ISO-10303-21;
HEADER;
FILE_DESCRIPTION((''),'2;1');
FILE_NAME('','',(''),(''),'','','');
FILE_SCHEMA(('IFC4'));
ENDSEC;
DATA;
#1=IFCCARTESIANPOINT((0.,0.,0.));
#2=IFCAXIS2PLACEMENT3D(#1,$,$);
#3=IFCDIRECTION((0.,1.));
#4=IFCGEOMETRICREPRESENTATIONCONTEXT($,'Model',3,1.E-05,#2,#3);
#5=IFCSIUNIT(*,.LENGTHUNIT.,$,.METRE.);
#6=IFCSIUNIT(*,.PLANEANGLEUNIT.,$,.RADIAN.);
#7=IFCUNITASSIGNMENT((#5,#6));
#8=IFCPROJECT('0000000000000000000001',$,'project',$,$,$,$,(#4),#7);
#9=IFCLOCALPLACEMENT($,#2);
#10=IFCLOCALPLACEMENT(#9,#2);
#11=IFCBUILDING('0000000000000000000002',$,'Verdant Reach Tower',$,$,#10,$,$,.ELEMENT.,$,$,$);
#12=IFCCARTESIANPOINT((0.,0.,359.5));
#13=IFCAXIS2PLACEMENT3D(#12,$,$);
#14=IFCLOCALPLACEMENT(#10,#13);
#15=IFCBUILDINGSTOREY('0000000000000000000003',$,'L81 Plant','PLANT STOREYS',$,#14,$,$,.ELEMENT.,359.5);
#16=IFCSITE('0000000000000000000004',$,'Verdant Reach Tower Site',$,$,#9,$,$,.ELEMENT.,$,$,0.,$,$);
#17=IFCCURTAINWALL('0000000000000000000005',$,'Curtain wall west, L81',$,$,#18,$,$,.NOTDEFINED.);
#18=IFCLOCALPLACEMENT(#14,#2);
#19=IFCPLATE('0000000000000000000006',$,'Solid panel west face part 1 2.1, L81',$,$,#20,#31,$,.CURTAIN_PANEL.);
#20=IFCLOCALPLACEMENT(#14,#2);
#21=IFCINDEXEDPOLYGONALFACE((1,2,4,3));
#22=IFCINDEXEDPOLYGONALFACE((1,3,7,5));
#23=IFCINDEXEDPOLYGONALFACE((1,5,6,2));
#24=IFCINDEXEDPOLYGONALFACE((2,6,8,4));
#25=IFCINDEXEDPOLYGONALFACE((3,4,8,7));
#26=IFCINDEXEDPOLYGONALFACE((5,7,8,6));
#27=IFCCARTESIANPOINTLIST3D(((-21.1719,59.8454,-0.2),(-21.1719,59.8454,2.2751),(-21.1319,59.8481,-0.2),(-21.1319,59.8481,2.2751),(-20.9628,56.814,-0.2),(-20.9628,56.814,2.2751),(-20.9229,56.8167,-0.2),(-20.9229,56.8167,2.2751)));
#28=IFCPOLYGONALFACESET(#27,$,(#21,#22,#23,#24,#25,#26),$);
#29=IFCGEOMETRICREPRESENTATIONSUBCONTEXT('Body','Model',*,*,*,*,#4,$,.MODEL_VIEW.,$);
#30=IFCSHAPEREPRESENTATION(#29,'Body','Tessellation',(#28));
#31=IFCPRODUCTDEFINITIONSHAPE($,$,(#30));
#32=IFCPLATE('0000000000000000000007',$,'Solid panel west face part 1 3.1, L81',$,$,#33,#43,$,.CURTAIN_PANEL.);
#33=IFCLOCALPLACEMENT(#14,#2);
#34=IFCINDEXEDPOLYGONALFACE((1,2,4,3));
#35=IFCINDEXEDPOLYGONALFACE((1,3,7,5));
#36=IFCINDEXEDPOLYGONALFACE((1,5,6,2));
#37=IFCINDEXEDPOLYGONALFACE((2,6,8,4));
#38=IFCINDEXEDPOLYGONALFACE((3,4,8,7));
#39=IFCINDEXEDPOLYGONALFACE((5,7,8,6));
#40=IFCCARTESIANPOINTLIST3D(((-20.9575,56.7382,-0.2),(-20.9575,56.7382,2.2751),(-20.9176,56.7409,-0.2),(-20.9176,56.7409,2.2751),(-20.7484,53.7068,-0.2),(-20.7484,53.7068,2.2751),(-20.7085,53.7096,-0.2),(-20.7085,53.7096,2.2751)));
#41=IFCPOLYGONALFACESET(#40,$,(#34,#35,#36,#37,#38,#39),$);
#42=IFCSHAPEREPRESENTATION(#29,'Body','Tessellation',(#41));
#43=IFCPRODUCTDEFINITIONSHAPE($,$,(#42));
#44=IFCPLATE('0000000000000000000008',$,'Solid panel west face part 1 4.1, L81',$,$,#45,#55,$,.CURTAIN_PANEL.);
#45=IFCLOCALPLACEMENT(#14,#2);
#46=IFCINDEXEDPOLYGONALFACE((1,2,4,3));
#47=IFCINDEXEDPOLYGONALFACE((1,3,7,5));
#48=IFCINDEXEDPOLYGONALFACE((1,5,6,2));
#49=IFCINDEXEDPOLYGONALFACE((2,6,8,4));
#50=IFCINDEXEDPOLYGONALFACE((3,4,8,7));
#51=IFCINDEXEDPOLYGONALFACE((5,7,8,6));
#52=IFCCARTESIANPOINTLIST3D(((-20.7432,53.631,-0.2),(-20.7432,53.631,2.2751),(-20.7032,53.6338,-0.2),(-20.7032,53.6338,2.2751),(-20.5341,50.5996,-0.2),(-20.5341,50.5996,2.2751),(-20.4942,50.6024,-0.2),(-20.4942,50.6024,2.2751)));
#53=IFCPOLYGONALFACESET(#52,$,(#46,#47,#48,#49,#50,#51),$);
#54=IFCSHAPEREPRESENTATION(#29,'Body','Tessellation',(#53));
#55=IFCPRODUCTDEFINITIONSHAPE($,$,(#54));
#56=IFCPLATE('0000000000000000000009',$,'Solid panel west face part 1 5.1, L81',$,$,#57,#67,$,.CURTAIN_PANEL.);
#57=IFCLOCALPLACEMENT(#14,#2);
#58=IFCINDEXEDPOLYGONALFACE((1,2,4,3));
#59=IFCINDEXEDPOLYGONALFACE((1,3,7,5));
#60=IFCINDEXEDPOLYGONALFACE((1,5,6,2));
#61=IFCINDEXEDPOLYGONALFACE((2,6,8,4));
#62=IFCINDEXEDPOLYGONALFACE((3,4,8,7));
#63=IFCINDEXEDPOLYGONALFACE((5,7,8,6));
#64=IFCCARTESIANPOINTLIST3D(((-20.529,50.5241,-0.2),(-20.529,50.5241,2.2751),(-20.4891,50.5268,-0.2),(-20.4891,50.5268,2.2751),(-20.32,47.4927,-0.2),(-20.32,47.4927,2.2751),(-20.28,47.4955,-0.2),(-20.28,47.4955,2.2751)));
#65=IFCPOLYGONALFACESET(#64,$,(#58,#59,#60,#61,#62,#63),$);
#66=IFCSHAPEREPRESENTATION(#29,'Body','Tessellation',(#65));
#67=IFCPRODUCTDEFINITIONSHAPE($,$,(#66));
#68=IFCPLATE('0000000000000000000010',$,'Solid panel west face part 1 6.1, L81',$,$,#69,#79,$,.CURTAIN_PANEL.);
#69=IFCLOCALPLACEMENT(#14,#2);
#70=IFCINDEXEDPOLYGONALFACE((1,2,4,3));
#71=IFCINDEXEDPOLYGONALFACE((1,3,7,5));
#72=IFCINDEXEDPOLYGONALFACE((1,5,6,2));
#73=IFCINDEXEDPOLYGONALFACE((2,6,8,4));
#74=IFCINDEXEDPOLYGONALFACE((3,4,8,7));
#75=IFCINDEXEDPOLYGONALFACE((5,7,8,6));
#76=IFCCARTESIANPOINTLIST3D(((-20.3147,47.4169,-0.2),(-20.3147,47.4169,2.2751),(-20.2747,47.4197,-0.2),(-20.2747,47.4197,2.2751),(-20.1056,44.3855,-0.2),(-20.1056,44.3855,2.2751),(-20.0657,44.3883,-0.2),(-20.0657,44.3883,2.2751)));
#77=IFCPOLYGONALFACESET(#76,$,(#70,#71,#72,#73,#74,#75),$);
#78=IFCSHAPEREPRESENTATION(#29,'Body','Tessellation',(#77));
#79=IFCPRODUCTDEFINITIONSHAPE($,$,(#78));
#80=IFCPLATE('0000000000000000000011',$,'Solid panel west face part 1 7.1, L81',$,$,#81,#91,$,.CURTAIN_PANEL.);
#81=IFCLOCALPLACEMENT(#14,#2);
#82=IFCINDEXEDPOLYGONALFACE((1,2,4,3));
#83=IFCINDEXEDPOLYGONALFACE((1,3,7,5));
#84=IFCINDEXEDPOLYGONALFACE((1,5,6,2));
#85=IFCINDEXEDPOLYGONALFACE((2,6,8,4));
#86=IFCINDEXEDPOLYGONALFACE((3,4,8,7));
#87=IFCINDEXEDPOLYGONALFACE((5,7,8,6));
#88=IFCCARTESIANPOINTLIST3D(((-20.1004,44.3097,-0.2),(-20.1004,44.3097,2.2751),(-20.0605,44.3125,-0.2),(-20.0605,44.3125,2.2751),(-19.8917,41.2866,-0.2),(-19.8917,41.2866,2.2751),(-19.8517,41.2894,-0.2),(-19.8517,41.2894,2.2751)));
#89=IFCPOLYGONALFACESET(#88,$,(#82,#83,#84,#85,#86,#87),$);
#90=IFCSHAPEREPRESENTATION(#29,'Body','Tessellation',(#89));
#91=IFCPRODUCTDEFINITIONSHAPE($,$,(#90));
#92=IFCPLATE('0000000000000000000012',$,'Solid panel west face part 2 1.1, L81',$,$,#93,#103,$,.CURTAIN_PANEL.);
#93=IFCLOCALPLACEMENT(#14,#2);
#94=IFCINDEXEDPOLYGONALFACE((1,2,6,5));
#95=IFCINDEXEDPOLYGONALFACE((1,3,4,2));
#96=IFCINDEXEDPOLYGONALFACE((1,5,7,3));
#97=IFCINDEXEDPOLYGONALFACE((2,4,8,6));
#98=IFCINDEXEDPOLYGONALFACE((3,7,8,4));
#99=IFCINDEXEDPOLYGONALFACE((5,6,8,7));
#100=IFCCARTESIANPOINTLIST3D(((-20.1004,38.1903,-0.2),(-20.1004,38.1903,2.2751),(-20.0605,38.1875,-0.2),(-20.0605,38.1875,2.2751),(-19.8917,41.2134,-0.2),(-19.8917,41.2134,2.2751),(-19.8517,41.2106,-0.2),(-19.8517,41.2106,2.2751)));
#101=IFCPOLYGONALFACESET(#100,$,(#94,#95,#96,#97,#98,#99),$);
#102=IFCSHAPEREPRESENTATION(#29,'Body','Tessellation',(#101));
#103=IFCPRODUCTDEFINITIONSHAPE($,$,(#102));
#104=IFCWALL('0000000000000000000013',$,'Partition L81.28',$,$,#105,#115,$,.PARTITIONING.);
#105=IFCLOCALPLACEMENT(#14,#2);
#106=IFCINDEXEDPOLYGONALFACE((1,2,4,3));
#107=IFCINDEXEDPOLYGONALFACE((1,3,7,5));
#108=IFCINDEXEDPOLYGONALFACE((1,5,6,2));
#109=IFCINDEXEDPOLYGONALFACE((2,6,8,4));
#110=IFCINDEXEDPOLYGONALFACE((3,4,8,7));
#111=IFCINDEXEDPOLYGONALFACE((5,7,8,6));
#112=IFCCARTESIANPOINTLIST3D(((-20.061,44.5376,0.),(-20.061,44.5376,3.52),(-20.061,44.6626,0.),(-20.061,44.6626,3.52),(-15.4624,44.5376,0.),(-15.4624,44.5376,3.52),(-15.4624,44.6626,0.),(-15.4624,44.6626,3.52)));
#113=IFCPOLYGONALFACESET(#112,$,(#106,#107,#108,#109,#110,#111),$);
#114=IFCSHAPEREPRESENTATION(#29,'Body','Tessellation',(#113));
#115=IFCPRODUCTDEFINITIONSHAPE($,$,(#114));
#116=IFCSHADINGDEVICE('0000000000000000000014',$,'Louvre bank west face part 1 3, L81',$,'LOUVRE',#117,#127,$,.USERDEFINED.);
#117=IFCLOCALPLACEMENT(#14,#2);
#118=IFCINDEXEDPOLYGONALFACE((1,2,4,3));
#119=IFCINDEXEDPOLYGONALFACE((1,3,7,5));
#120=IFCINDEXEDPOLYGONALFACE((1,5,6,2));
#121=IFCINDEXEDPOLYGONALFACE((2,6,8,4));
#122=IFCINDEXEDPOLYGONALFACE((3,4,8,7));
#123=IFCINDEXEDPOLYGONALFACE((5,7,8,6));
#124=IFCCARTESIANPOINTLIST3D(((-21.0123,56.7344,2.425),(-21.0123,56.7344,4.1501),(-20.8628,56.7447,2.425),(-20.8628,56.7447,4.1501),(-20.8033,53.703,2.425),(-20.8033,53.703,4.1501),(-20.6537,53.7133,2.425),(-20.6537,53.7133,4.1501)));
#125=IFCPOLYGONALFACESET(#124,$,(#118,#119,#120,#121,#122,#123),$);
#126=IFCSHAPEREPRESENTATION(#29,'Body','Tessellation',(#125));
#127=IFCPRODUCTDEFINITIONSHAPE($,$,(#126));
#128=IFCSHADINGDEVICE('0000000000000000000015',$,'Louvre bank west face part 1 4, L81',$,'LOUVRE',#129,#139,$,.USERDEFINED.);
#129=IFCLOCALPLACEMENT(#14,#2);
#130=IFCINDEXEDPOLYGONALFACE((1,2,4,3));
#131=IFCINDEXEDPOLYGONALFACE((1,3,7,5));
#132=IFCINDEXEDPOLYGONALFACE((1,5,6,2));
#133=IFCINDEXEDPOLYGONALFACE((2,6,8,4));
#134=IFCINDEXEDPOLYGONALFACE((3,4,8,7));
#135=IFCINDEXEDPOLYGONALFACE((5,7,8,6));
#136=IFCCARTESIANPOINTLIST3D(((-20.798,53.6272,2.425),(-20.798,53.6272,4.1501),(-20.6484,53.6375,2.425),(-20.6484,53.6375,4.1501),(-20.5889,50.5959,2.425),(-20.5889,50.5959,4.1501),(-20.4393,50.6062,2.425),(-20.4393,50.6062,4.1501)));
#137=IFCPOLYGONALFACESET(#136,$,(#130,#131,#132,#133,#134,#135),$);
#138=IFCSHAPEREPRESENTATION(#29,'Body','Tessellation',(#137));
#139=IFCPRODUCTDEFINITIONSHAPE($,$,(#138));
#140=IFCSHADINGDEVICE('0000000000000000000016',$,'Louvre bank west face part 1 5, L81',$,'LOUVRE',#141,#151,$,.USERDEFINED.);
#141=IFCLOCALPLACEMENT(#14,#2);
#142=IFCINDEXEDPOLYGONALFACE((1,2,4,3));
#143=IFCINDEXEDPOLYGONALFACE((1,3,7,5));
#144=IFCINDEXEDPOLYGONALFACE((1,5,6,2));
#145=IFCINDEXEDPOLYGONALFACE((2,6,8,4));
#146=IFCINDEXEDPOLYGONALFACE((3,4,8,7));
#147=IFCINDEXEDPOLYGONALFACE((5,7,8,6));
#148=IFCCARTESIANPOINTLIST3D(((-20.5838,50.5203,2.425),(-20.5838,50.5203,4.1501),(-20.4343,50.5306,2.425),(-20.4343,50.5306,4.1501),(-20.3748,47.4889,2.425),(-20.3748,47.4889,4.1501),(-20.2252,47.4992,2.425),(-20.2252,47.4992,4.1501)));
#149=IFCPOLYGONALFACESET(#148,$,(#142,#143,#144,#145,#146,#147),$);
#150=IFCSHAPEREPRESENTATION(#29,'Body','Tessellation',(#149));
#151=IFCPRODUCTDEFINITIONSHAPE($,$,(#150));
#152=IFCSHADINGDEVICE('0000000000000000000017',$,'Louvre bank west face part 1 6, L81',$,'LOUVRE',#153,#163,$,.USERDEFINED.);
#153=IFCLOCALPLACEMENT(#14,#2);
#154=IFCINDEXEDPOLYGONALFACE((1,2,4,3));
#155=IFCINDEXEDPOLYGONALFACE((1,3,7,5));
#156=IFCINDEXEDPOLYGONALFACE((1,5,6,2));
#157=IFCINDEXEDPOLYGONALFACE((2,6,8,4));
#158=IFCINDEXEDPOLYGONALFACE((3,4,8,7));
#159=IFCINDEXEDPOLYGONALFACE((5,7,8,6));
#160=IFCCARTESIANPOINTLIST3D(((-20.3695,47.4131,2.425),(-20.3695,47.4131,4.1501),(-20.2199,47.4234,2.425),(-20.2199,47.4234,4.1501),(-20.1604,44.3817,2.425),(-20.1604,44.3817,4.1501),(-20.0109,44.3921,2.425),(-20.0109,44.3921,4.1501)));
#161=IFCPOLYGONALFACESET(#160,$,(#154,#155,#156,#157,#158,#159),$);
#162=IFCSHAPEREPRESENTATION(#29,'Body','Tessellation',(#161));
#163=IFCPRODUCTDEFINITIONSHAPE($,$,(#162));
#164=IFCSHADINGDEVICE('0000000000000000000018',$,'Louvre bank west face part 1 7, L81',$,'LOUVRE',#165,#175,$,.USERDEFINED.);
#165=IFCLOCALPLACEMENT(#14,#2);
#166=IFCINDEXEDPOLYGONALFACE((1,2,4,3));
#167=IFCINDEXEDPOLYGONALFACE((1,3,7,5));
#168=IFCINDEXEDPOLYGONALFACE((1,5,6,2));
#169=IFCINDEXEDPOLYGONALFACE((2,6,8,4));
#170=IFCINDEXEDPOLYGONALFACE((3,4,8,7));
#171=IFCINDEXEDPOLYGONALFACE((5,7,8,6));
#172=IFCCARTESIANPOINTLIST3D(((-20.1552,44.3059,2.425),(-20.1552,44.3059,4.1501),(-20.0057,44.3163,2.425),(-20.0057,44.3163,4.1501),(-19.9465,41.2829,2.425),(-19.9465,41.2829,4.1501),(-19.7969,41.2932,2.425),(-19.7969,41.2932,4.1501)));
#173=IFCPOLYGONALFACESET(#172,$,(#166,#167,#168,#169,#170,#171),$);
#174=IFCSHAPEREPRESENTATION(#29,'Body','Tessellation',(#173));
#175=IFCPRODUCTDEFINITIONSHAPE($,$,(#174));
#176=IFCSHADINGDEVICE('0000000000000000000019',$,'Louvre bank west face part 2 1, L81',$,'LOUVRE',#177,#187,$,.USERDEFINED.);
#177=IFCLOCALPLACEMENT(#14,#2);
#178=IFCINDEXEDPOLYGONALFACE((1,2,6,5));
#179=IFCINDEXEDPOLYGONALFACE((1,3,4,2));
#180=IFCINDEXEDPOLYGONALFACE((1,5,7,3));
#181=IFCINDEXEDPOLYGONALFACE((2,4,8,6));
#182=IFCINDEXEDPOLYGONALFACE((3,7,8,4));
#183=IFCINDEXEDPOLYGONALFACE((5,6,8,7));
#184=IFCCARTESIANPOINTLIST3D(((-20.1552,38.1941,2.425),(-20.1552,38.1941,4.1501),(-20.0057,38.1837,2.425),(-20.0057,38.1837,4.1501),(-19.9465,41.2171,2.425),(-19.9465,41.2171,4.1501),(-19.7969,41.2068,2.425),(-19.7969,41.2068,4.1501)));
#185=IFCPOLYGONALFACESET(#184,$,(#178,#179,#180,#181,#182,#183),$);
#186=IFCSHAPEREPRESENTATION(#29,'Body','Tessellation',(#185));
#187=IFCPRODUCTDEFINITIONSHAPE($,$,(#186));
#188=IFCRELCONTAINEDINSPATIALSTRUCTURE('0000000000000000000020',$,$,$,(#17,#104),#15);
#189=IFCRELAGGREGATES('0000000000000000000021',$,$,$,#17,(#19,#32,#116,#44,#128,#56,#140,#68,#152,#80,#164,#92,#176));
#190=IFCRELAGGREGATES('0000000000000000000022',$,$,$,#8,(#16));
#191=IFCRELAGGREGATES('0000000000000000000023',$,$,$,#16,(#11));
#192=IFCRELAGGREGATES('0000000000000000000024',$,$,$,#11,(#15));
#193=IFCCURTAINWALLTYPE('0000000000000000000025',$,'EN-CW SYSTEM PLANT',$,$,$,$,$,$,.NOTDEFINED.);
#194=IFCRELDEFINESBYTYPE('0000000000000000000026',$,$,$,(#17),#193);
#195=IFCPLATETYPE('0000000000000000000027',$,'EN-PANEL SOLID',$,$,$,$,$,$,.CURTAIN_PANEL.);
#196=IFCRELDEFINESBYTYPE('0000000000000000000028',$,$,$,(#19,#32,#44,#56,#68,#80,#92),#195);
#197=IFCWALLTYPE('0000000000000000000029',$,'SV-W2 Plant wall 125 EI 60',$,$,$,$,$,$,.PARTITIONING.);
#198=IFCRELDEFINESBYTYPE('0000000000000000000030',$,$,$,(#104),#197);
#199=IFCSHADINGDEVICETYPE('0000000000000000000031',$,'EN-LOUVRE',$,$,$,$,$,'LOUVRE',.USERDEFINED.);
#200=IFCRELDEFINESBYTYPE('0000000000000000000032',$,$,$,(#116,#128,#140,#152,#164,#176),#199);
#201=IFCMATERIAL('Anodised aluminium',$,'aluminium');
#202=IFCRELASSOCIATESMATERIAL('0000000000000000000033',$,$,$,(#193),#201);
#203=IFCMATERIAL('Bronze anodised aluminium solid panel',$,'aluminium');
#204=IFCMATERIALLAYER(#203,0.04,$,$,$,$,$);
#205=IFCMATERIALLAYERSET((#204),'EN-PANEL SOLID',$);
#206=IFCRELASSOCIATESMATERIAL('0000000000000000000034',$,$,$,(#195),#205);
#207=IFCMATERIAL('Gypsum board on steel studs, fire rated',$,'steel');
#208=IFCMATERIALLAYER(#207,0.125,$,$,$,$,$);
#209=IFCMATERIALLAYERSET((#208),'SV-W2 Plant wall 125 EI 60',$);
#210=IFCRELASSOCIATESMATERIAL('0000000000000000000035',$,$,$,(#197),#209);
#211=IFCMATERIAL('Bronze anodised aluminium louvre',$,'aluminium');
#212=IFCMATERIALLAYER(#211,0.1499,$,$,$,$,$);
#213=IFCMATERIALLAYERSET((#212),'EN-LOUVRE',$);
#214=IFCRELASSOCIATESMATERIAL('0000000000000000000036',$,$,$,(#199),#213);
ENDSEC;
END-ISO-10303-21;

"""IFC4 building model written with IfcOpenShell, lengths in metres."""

from ifc_helpers import new_model, si_unit, direction, frame, frame_2d, origin, origin_2d, place, context, subcontext, project, spatial, rectangle, extrude, material, layer, layer_set, type_object, element, aggregate, save


model = new_model("IFC4")

# Units and contexts
model_context = context("Model", 3, precision=1e-05, world=origin(), true_north=direction((0.0, 1.0)))
body_context = subcontext(model_context, "Body", "Model", "MODEL_VIEW")
ifc_project = project(units=[si_unit("LENGTHUNIT", "METRE"), si_unit("PLANEANGLEUNIT", "RADIAN")], contexts=[model_context])

# Site, building, storey
site_placement = place(None, origin())
site = spatial("IfcSite", under=ifc_project, at=site_placement, Name="Verdant Reach Tower Site", CompositionType="ELEMENT", RefElevation=0.0)
building_placement = place(site_placement, origin())
building = spatial("IfcBuilding", under=site, at=building_placement, Name="Verdant Reach Tower", CompositionType="ELEMENT")
storey_placement = place(building_placement, frame((0.0, 0.0, 359.5)))
storey = spatial("IfcBuildingStorey", under=building, at=storey_placement, Name="L81 Plant", Description="PLANT STOREYS", CompositionType="ELEMENT", Elevation=359.5)

# Curtain wall
ifc_material_1 = material(Name="Anodised aluminium", Category="aluminium")
curtain_wall_type = type_object("IfcCurtainWallType", Name="EN-CW SYSTEM PLANT", PredefinedType="NOTDEFINED", material=ifc_material_1)
curtain_wall_placement = place(storey_placement, origin())
curtain_wall = element("IfcCurtainWall", 1, at=curtain_wall_placement, inside=storey, type_object=curtain_wall_type, Name="Curtain wall west, L81", PredefinedType="NOTDEFINED")

# Plates
ifc_material_2 = material(Name="Bronze anodised aluminium solid panel", Category="aluminium")
ifc_layer_1 = layer(ifc_material_2, 0.04)
ifc_layer_set_1 = layer_set([ifc_layer_1], Name="EN-PANEL SOLID")
plate_type = type_object("IfcPlateType", Name="EN-PANEL SOLID", PredefinedType="CURTAIN_PANEL", material=ifc_layer_set_1)
plate_1_placement = place(storey_placement, frame((-21.0474, 58.3311, -0.2), z_axis=(0.0, 0.0, 1.0), x_axis=(0.068802, -0.99763, 0.0)))
plate_1 = element("IfcPlate", 2, at=plate_1_placement, type_object=plate_type, Name="Solid panel west face part 1 2.1, L81", PredefinedType="CURTAIN_PANEL", context=body_context, shape_type="SweptSolid", body=[
    extrude(rectangle(XDim=3.0386, YDim=0.04, at=origin_2d()), origin(), (0.0, 0.0, 1.0), 2.4751),
])
plate_2_placement = place(storey_placement, frame((-20.833, 55.2239, -0.2), z_axis=(0.0, 0.0, 1.0), x_axis=(0.068802, -0.99763, 0.0)))
plate_2 = element("IfcPlate", 3, at=plate_2_placement, type_object=plate_type, Name="Solid panel west face part 1 3.1, L81", PredefinedType="CURTAIN_PANEL", context=body_context, shape_type="SweptSolid", body=[
    extrude(rectangle(XDim=3.0386, YDim=0.04, at=origin_2d()), origin(), (0.0, 0.0, 1.0), 2.4751),
])
plate_3_placement = place(storey_placement, frame((-20.6187, 52.1167, -0.2), z_axis=(0.0, 0.0, 1.0), x_axis=(0.068802, -0.99763, 0.0)))
plate_3 = element("IfcPlate", 4, at=plate_3_placement, type_object=plate_type, Name="Solid panel west face part 1 4.1, L81", PredefinedType="CURTAIN_PANEL", context=body_context, shape_type="SweptSolid", body=[
    extrude(rectangle(XDim=3.0386, YDim=0.04, at=origin_2d()), origin(), (0.0, 0.0, 1.0), 2.4751),
])
plate_4_placement = place(storey_placement, frame((-20.4045, 49.0098, -0.2), z_axis=(0.0, 0.0, 1.0), x_axis=(0.068802, -0.99763, 0.0)))
plate_4 = element("IfcPlate", 5, at=plate_4_placement, type_object=plate_type, Name="Solid panel west face part 1 5.1, L81", PredefinedType="CURTAIN_PANEL", context=body_context, shape_type="SweptSolid", body=[
    extrude(rectangle(XDim=3.0386, YDim=0.04, at=origin_2d()), origin(), (0.0, 0.0, 1.0), 2.4751),
])
plate_5_placement = place(storey_placement, frame((-20.1902, 45.9026, -0.2), z_axis=(0.0, 0.0, 1.0), x_axis=(0.068802, -0.99763, 0.0)))
plate_5 = element("IfcPlate", 6, at=plate_5_placement, type_object=plate_type, Name="Solid panel west face part 1 6.1, L81", PredefinedType="CURTAIN_PANEL", context=body_context, shape_type="SweptSolid", body=[
    extrude(rectangle(XDim=3.0386, YDim=0.04, at=origin_2d()), origin(), (0.0, 0.0, 1.0), 2.4751),
])
plate_6_placement = place(storey_placement, frame((-19.9761, 42.7996, -0.2), z_axis=(0.0, 0.0, 1.0), x_axis=(0.068893, -0.997624, 0.0)))
plate_6 = element("IfcPlate", 7, at=plate_6_placement, type_object=plate_type, Name="Solid panel west face part 1 7.1, L81", PredefinedType="CURTAIN_PANEL", context=body_context, shape_type="SweptSolid", body=[
    extrude(rectangle(XDim=3.0303, YDim=0.04, at=origin_2d()), origin(), (0.0, 0.0, 1.0), 2.4751),
])
plate_7_placement = place(storey_placement, frame((-19.9761, 39.7004, -0.2), z_axis=(0.0, 0.0, 1.0), x_axis=(-0.068893, -0.997624, 0.0)))
plate_7 = element("IfcPlate", 8, at=plate_7_placement, type_object=plate_type, Name="Solid panel west face part 2 1.1, L81", PredefinedType="CURTAIN_PANEL", context=body_context, shape_type="SweptSolid", body=[
    extrude(rectangle(XDim=3.0303, YDim=0.04, at=origin_2d()), origin(), (0.0, 0.0, 1.0), 2.4751),
])

# Wall
ifc_material_3 = material(Name="Gypsum board on steel studs, fire rated", Category="steel")
ifc_layer_2 = layer(ifc_material_3, 0.125)
ifc_layer_set_2 = layer_set([ifc_layer_2], Name="SV-W2 Plant wall 125 EI 60")
wall_type = type_object("IfcWallType", Name="SV-W2 Plant wall 125 EI 60", PredefinedType="PARTITIONING", material=ifc_layer_set_2)
wall_placement = place(storey_placement, frame((-20.061, 44.6001, 0.0), z_axis=(0.0, 0.0, 1.0), x_axis=(1.0, 0.0, 0.0)))
element("IfcWall", 9, at=wall_placement, inside=storey, type_object=wall_type, Name="Partition L81.28", PredefinedType="PARTITIONING", context=body_context, shape_type="SweptSolid", body=[
    extrude(rectangle(XDim=4.5986, YDim=0.125, at=frame_2d((2.2993, 0.0))), origin(), (0.0, 0.0, 1.0), 3.52),
])

# Shading devices
ifc_material_4 = material(Name="Bronze anodised aluminium louvre", Category="aluminium")
ifc_layer_3 = layer(ifc_material_4, 0.1499)
ifc_layer_set_3 = layer_set([ifc_layer_3], Name="EN-LOUVRE")
shading_device_type = type_object("IfcShadingDeviceType", Name="EN-LOUVRE", ElementType="LOUVRE", PredefinedType="USERDEFINED", material=ifc_layer_set_3)
shading_device_1_placement = place(storey_placement, frame((-20.833, 55.2239, 2.425), z_axis=(0.0, 0.0, 1.0), x_axis=(0.068802, -0.99763, 0.0)))
shading_device_1 = element("IfcShadingDevice", 10, at=shading_device_1_placement, type_object=shading_device_type, Name="Louvre bank west face part 1 3, L81", ObjectType="LOUVRE", PredefinedType="USERDEFINED", context=body_context, shape_type="SweptSolid", body=[
    extrude(rectangle(XDim=3.0386, YDim=0.1499, at=origin_2d()), origin(), (0.0, 0.0, 1.0), 1.7251),
])
shading_device_2_placement = place(storey_placement, frame((-20.6187, 52.1167, 2.425), z_axis=(0.0, 0.0, 1.0), x_axis=(0.068802, -0.99763, 0.0)))
shading_device_2 = element("IfcShadingDevice", 11, at=shading_device_2_placement, type_object=shading_device_type, Name="Louvre bank west face part 1 4, L81", ObjectType="LOUVRE", PredefinedType="USERDEFINED", context=body_context, shape_type="SweptSolid", body=[
    extrude(rectangle(XDim=3.0386, YDim=0.1499, at=origin_2d()), origin(), (0.0, 0.0, 1.0), 1.7251),
])
shading_device_3_placement = place(storey_placement, frame((-20.4045, 49.0098, 2.425), z_axis=(0.0, 0.0, 1.0), x_axis=(0.068802, -0.99763, 0.0)))
shading_device_3 = element("IfcShadingDevice", 12, at=shading_device_3_placement, type_object=shading_device_type, Name="Louvre bank west face part 1 5, L81", ObjectType="LOUVRE", PredefinedType="USERDEFINED", context=body_context, shape_type="SweptSolid", body=[
    extrude(rectangle(XDim=3.0386, YDim=0.1499, at=origin_2d()), origin(), (0.0, 0.0, 1.0), 1.7251),
])
shading_device_4_placement = place(storey_placement, frame((-20.1902, 45.9026, 2.425), z_axis=(0.0, 0.0, 1.0), x_axis=(0.068802, -0.99763, 0.0)))
shading_device_4 = element("IfcShadingDevice", 13, at=shading_device_4_placement, type_object=shading_device_type, Name="Louvre bank west face part 1 6, L81", ObjectType="LOUVRE", PredefinedType="USERDEFINED", context=body_context, shape_type="SweptSolid", body=[
    extrude(rectangle(XDim=3.0386, YDim=0.1499, at=origin_2d()), origin(), (0.0, 0.0, 1.0), 1.7251),
])
shading_device_5_placement = place(storey_placement, frame((-19.9761, 42.7996, 2.425), z_axis=(0.0, 0.0, 1.0), x_axis=(0.068893, -0.997624, 0.0)))
shading_device_5 = element("IfcShadingDevice", 14, at=shading_device_5_placement, type_object=shading_device_type, Name="Louvre bank west face part 1 7, L81", ObjectType="LOUVRE", PredefinedType="USERDEFINED", context=body_context, shape_type="SweptSolid", body=[
    extrude(rectangle(XDim=3.0303, YDim=0.1499, at=origin_2d()), origin(), (0.0, 0.0, 1.0), 1.7251),
])
shading_device_6_placement = place(storey_placement, frame((-19.9761, 39.7004, 2.425), z_axis=(0.0, 0.0, 1.0), x_axis=(-0.068893, -0.997624, 0.0)))
shading_device_6 = element("IfcShadingDevice", 15, at=shading_device_6_placement, type_object=shading_device_type, Name="Louvre bank west face part 2 1, L81", ObjectType="LOUVRE", PredefinedType="USERDEFINED", context=body_context, shape_type="SweptSolid", body=[
    extrude(rectangle(XDim=3.0303, YDim=0.1499, at=origin_2d()), origin(), (0.0, 0.0, 1.0), 1.7251),
])
aggregate(curtain_wall, [plate_1, plate_2, shading_device_1, plate_3, shading_device_2, plate_4, shading_device_3, plate_5, shading_device_4, plate_6, shading_device_5, plate_7, shading_device_6])

save(model, "model.ifc")
